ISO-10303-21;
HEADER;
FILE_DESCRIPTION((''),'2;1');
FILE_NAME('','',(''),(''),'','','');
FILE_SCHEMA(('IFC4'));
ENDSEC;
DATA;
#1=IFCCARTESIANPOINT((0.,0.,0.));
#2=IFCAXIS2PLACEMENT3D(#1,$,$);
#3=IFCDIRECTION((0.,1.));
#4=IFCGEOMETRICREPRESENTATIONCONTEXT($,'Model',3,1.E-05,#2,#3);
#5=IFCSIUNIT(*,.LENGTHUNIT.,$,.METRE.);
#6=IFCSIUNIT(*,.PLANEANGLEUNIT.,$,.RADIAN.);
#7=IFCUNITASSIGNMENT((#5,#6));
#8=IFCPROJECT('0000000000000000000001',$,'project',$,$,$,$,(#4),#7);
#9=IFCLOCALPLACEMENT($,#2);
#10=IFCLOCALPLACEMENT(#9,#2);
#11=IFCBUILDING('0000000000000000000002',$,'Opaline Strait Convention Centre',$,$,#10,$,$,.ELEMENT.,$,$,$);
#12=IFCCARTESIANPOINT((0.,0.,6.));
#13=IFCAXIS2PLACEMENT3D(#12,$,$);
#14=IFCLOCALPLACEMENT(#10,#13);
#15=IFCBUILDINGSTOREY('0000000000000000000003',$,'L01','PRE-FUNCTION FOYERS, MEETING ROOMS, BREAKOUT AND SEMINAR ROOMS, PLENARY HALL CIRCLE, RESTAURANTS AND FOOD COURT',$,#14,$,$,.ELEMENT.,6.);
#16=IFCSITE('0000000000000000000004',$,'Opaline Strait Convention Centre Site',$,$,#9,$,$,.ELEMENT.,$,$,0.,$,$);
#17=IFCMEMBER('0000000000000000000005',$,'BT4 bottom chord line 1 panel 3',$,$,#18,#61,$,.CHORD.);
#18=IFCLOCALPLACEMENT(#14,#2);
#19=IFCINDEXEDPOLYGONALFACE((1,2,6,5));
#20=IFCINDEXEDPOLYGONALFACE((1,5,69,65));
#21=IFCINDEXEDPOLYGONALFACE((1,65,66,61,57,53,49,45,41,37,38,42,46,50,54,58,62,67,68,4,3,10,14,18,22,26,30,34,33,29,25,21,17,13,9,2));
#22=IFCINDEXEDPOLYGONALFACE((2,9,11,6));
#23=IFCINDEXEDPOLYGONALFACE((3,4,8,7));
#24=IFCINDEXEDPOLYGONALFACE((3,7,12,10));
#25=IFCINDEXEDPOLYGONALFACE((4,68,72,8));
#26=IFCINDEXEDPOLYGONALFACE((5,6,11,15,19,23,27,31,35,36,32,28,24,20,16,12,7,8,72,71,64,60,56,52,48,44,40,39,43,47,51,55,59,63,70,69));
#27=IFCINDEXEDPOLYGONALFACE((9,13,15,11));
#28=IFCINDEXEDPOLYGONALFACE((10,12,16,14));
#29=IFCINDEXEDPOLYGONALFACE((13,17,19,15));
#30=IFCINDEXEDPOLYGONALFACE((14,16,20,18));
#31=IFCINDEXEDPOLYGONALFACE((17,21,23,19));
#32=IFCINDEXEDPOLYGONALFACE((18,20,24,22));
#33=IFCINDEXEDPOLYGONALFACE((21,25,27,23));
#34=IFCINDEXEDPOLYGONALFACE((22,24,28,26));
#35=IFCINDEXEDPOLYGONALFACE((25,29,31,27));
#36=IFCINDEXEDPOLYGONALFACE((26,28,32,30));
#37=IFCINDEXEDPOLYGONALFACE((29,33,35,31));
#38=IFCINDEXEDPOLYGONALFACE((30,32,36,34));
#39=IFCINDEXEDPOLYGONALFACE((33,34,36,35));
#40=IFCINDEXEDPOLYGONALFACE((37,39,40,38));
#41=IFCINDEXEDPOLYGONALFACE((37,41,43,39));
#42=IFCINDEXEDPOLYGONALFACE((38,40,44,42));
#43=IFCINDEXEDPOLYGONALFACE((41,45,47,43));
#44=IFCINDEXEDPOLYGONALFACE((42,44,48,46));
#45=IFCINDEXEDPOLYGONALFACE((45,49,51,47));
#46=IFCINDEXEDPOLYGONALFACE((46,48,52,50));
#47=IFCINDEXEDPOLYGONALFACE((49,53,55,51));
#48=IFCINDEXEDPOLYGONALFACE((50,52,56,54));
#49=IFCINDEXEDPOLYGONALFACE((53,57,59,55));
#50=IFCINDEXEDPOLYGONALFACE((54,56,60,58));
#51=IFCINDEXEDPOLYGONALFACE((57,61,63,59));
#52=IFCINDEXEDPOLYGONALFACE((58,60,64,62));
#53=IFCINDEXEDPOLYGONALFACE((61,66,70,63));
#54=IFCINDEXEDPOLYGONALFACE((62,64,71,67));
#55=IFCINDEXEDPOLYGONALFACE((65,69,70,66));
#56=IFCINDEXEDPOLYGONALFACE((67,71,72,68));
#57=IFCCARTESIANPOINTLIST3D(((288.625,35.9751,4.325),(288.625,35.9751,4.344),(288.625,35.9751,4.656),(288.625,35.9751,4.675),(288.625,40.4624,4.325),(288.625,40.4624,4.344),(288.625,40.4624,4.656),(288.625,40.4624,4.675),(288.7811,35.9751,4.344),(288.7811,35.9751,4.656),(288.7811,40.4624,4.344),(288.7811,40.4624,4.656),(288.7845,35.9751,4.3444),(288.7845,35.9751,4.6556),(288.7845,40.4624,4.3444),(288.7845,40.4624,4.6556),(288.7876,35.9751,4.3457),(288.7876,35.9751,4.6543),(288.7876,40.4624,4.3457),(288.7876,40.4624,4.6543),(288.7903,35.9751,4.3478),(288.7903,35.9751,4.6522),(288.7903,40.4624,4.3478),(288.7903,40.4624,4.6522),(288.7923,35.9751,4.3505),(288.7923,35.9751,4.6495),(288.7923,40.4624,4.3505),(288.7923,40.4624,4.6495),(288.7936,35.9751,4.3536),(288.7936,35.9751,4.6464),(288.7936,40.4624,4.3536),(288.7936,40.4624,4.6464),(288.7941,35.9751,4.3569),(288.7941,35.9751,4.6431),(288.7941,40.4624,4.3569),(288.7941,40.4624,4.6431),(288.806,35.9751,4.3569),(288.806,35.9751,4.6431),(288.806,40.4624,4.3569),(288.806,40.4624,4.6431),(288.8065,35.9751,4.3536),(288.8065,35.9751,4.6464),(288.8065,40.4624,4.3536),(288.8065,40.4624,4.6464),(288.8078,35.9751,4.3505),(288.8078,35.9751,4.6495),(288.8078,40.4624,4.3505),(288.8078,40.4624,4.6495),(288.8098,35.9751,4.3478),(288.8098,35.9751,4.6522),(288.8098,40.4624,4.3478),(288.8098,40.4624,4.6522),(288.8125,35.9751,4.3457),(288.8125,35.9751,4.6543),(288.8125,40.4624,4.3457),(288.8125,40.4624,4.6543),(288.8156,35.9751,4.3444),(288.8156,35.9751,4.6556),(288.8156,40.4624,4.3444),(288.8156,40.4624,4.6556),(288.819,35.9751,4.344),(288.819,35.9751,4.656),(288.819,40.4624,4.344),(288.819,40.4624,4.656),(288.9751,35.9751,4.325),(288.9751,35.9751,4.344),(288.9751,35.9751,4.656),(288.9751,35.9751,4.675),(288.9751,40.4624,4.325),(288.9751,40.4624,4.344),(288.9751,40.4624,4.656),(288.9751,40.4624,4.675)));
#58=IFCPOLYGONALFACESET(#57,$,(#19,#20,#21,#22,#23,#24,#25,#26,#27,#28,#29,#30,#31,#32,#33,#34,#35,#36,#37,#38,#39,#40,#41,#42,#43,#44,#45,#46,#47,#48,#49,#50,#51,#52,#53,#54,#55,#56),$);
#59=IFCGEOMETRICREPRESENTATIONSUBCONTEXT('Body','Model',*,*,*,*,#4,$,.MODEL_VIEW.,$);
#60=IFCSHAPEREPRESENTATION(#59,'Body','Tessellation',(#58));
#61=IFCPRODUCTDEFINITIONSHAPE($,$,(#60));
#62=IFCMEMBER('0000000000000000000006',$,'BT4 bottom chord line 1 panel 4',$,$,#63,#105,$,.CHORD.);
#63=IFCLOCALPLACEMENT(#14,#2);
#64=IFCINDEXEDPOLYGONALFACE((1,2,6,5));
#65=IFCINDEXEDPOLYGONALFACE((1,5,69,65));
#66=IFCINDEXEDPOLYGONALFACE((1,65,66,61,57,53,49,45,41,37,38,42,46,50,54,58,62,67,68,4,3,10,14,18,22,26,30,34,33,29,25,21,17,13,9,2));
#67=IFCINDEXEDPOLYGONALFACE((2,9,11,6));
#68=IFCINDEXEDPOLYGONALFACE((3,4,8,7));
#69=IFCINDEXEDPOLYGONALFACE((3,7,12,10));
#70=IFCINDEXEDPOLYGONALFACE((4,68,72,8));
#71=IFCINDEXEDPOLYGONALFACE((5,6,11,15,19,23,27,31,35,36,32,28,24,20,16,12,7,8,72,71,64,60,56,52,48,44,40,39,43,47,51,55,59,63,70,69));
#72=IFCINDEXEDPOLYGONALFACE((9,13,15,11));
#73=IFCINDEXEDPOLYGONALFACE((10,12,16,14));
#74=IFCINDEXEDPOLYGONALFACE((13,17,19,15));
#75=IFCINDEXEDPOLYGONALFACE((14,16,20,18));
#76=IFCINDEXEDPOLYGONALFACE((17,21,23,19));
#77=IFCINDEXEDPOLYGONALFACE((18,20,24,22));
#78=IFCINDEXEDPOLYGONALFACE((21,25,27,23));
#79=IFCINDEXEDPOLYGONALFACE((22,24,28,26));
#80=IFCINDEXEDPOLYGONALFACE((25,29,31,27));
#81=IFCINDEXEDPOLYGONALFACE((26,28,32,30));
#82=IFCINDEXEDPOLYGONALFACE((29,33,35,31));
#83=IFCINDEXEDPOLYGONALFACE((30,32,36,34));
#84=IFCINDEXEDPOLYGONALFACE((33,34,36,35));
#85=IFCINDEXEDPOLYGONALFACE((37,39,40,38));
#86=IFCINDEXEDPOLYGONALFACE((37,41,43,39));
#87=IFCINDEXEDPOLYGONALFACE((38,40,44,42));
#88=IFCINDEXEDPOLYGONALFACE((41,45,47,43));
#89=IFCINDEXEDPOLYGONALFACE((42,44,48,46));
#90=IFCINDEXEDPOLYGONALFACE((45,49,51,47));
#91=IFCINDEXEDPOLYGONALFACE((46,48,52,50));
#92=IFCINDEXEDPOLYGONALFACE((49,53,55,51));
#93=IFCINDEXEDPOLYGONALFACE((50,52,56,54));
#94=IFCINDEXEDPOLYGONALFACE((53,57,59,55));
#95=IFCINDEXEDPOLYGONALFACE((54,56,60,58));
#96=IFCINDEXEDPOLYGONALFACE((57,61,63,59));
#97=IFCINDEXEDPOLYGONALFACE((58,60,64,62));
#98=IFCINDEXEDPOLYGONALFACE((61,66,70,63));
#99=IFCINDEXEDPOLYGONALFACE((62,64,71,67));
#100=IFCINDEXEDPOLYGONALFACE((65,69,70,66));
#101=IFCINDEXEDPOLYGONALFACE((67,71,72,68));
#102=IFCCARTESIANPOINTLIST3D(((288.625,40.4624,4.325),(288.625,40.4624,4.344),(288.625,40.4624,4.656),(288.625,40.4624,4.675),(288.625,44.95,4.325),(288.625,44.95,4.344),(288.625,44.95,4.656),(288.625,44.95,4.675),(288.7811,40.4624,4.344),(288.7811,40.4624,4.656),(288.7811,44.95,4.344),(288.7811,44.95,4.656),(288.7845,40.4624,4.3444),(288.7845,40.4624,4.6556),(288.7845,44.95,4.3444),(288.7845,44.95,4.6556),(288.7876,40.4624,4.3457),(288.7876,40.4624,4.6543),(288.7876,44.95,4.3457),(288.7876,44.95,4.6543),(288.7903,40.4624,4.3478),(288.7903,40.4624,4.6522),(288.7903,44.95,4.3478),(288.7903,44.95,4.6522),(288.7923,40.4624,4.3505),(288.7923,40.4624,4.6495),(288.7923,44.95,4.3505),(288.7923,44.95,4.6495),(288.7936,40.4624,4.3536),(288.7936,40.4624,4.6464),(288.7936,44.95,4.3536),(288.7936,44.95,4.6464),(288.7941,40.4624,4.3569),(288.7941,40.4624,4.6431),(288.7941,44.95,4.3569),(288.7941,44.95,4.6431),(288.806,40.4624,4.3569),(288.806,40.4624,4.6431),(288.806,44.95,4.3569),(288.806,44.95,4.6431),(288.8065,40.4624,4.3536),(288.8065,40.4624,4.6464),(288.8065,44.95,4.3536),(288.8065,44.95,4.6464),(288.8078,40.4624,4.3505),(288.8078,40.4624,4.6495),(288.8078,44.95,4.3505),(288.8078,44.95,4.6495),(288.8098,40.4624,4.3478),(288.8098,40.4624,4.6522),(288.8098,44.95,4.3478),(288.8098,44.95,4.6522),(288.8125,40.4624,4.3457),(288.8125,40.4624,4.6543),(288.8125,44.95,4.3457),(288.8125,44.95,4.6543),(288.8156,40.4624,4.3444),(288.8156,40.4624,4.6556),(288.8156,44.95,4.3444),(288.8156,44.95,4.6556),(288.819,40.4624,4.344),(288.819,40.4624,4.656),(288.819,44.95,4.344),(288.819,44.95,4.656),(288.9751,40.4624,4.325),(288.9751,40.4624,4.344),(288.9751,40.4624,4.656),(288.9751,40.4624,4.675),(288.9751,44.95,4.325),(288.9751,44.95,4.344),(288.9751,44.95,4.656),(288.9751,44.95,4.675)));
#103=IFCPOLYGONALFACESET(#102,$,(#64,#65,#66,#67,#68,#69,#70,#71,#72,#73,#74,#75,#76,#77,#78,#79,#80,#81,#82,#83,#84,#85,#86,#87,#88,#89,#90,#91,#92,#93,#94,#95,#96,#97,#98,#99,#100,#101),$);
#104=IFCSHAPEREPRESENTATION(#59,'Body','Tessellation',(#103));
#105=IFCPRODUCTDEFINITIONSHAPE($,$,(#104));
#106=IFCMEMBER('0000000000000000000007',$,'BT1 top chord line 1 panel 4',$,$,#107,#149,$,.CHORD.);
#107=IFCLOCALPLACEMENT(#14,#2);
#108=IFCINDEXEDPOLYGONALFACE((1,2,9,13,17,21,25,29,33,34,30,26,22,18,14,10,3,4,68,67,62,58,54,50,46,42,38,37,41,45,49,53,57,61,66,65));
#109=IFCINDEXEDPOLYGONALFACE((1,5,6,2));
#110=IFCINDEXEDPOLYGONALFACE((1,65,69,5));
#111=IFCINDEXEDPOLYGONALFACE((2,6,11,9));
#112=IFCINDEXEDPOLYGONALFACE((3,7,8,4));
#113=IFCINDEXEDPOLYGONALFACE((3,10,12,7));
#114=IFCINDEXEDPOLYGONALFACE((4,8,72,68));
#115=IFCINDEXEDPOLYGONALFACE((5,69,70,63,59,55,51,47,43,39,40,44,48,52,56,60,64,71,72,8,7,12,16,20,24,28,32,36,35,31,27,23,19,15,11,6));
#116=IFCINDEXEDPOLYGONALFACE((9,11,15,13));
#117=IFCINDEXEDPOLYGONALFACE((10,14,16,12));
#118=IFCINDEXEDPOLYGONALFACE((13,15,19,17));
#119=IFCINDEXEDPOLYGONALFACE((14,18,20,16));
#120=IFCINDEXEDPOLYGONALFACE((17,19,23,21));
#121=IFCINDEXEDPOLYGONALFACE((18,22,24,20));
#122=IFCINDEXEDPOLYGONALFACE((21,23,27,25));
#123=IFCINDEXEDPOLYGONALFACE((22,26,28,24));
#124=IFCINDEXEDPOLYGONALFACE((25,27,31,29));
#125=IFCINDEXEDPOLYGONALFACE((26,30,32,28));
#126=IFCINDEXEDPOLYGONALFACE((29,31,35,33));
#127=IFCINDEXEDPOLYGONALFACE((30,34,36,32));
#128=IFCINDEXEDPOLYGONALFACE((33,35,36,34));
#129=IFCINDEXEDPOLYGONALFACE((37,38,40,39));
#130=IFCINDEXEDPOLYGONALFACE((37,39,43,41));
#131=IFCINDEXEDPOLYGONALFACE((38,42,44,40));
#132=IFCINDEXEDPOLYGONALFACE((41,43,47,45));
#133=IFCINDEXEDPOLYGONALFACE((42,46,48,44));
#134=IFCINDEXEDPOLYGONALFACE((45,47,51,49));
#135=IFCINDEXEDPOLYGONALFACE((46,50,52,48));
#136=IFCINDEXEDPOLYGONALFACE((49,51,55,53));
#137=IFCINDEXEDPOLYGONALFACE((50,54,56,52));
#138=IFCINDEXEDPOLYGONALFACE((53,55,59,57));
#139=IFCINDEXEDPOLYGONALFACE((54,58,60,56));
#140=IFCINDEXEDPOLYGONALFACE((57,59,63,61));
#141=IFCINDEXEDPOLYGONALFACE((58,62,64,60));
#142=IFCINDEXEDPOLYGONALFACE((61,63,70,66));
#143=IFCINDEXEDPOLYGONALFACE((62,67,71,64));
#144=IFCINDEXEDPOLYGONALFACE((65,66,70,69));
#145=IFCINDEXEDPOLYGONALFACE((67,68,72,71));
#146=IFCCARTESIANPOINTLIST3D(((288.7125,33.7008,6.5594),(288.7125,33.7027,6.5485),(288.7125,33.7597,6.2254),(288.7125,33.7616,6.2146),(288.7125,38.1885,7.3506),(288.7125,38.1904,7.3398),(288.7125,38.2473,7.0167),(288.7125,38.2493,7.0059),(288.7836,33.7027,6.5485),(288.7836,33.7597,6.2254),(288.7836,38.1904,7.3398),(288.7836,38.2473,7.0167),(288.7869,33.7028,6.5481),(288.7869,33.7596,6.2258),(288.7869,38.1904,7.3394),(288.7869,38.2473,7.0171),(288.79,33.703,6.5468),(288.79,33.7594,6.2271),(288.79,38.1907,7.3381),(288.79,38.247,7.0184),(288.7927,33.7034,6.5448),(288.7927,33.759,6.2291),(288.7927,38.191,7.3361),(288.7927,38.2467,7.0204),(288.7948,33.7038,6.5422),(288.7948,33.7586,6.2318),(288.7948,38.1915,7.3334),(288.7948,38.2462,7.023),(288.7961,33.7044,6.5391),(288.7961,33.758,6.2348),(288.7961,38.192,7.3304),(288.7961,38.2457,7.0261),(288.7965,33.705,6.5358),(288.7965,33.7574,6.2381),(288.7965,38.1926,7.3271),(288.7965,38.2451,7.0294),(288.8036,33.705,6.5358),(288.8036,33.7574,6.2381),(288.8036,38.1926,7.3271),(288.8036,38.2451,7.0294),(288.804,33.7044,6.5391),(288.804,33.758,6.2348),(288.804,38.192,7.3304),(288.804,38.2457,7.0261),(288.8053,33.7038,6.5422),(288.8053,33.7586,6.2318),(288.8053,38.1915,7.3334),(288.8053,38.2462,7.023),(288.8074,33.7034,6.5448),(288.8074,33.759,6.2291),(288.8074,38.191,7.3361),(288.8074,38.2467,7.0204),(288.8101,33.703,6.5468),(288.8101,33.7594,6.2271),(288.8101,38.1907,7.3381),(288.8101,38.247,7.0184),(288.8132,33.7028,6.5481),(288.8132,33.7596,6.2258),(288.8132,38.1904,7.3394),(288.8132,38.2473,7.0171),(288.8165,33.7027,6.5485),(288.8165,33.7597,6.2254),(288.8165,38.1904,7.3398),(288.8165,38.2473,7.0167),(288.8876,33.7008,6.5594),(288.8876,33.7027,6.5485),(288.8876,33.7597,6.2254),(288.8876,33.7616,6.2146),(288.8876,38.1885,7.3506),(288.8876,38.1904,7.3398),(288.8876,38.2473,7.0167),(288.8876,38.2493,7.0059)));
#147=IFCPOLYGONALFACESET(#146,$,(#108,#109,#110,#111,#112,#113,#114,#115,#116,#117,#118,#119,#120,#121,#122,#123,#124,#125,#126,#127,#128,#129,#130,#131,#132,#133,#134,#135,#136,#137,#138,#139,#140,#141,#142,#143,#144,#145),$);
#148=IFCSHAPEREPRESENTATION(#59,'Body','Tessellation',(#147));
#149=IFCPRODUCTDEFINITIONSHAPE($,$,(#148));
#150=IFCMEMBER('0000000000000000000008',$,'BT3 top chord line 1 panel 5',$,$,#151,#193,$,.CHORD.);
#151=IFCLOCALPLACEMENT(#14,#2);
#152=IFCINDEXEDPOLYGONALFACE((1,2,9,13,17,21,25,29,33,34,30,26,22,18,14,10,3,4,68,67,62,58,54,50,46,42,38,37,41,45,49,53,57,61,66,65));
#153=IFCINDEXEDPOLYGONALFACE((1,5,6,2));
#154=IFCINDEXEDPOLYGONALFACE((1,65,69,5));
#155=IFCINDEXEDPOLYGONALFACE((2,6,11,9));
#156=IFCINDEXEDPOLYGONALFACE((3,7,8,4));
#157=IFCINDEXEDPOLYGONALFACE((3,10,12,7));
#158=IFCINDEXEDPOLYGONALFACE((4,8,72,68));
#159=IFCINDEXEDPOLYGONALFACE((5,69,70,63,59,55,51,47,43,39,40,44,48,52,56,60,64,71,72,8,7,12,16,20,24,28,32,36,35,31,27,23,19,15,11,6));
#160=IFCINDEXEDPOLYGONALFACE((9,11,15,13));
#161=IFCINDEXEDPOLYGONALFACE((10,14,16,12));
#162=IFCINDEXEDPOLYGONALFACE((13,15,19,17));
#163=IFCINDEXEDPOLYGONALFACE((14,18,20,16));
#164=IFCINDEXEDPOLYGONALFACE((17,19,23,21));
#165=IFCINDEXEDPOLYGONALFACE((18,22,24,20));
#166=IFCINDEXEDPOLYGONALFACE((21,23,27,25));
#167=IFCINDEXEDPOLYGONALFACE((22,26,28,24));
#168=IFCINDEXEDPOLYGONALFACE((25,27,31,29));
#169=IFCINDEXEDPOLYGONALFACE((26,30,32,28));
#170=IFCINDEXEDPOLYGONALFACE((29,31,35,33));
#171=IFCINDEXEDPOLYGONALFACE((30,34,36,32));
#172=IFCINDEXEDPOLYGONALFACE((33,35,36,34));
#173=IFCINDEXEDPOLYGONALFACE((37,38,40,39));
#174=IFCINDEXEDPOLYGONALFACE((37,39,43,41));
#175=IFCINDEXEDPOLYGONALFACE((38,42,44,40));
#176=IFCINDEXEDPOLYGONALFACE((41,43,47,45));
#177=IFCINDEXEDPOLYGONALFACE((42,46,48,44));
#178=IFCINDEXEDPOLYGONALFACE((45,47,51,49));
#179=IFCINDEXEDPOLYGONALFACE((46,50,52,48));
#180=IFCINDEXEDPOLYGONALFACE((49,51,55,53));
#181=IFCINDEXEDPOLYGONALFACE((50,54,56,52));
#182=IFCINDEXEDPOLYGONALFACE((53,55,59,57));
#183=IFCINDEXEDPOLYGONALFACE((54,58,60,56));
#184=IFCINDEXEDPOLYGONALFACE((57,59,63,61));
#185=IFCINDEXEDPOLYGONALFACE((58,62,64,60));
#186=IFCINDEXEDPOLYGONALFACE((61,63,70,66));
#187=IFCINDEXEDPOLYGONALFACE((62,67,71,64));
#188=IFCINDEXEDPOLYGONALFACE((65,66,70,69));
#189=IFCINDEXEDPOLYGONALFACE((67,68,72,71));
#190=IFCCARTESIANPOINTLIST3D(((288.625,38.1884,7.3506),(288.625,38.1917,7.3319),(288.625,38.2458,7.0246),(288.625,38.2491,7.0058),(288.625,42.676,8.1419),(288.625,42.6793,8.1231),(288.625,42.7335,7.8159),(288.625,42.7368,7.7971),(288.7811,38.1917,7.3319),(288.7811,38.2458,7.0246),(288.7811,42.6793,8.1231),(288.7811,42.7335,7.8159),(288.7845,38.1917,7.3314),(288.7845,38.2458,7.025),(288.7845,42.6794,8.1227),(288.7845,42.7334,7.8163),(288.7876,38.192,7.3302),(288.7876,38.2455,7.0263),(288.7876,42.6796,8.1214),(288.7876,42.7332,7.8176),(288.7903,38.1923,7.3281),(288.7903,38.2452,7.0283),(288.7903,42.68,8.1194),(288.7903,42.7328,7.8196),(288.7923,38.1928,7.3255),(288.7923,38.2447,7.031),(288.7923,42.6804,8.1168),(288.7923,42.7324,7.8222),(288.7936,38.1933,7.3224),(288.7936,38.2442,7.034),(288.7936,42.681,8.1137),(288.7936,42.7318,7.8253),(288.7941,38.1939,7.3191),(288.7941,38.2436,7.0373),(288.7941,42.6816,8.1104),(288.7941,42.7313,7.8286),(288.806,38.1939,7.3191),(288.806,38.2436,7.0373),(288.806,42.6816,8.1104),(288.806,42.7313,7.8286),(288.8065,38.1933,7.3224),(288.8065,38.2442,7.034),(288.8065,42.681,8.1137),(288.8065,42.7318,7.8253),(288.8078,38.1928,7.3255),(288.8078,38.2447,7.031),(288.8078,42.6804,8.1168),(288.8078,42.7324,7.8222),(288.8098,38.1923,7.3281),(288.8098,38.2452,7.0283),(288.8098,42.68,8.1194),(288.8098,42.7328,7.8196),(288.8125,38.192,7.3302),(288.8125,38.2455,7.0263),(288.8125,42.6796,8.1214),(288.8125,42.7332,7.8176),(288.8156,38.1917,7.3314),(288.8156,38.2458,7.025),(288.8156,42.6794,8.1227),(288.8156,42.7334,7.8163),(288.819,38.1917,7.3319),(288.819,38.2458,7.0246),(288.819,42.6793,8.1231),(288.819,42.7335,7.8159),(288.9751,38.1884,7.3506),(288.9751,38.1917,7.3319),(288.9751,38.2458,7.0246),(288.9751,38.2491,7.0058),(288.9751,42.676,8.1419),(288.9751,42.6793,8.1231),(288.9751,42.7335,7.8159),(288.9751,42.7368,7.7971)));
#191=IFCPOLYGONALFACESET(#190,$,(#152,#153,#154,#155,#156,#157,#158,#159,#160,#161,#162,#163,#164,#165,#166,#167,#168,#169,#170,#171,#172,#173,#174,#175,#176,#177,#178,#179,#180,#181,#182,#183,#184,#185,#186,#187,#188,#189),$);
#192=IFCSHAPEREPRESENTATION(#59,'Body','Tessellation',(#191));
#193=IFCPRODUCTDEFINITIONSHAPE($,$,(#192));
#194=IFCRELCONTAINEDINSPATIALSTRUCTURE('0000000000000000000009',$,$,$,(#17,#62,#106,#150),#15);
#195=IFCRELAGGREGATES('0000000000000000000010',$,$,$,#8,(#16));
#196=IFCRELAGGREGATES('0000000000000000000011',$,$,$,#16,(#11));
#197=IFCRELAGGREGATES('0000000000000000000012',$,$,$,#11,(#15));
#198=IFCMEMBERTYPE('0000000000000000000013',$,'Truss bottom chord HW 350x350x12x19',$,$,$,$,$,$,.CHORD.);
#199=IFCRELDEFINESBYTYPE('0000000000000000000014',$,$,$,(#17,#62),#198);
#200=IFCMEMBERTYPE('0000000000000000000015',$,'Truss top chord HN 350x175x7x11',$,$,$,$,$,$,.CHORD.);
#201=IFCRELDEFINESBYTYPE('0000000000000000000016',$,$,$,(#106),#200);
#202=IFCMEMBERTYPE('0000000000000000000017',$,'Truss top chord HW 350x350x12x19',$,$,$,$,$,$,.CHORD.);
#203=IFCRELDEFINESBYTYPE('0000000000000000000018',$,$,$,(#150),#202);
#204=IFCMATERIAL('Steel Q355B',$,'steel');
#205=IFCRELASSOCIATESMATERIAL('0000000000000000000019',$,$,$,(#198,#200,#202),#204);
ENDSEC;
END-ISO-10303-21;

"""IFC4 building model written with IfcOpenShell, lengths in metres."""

from ifc_helpers import new_model, si_unit, direction, frame, origin, origin_2d, place, context, subcontext, project, spatial, i_section, extrude, material, material_profile, profile_set, type_object, element, save


model = new_model("IFC4")

# Units and contexts
model_context = context("Model", 3, precision=1e-05, world=origin(), true_north=direction((0.0, 1.0)))
body_context = subcontext(model_context, "Body", "Model", "MODEL_VIEW")
ifc_project = project(units=[si_unit("LENGTHUNIT", "METRE"), si_unit("PLANEANGLEUNIT", "RADIAN")], contexts=[model_context])

# Site, building, storey
site_placement = place(None, origin())
site = spatial("IfcSite", under=ifc_project, at=site_placement, Name="Opaline Strait Convention Centre Site", CompositionType="ELEMENT", RefElevation=0.0)
building_placement = place(site_placement, origin())
building = spatial("IfcBuilding", under=site, at=building_placement, Name="Opaline Strait Convention Centre", CompositionType="ELEMENT")
storey_placement = place(building_placement, frame((0.0, 0.0, 6.0)))
storey = spatial("IfcBuildingStorey", under=building, at=storey_placement, Name="L01", Description="PRE-FUNCTION FOYERS, MEETING ROOMS, BREAKOUT AND SEMINAR ROOMS, PLENARY HALL CIRCLE, RESTAURANTS AND FOOD COURT", CompositionType="ELEMENT", Elevation=6.0)

# Members
ifc_material_1 = material(Name="Steel Q355B", Category="steel")
ifc_material_profile_1 = material_profile(ifc_material_1, i_section(OverallWidth=0.3501, OverallDepth=0.3501, WebThickness=0.012, FlangeThickness=0.019, FilletRadius=0.0129, at=origin_2d()), Name="HW 350x350x12x19")
ifc_profile_set_1 = profile_set([ifc_material_profile_1], Name="Steel Q355B")
member_type_1 = type_object("IfcMemberType", Name="Truss bottom chord HW 350x350x12x19", PredefinedType="CHORD", material=ifc_profile_set_1)
member_1_placement = place(storey_placement, frame((288.8, 35.9751, 4.5), z_axis=(0.0, 1.0, 0.0), x_axis=(-1.0, 0.0, 0.0)))
element("IfcMember", 1, at=member_1_placement, inside=storey, type_object=member_type_1, Name="BT4 bottom chord line 1 panel 3", PredefinedType="CHORD", context=body_context, shape_type="SweptSolid", body=[
    extrude(i_section(OverallWidth=0.3501, OverallDepth=0.3501, WebThickness=0.012, FlangeThickness=0.019, FilletRadius=0.0129, at=origin_2d()), origin(), (0.0, 0.0, 1.0), 4.4873),
])
member_2_placement = place(storey_placement, frame((288.8, 40.4624, 4.5), z_axis=(0.0, 1.0, 0.0), x_axis=(-1.0, 0.0, 0.0)))
element("IfcMember", 2, at=member_2_placement, inside=storey, type_object=member_type_1, Name="BT4 bottom chord line 1 panel 4", PredefinedType="CHORD", context=body_context, shape_type="SweptSolid", body=[
    extrude(i_section(OverallWidth=0.3501, OverallDepth=0.3501, WebThickness=0.012, FlangeThickness=0.019, FilletRadius=0.0129, at=origin_2d()), origin(), (0.0, 0.0, 1.0), 4.4875),
])
ifc_material_profile_2 = material_profile(ifc_material_1, i_section(OverallWidth=0.175, OverallDepth=0.3501, WebThickness=0.0071, FlangeThickness=0.011, FilletRadius=0.0129, at=origin_2d()), Name="HN 350x175x7x11")
ifc_profile_set_2 = profile_set([ifc_material_profile_2], Name="Steel Q355B")
member_type_2 = type_object("IfcMemberType", Name="Truss top chord HN 350x175x7x11", PredefinedType="CHORD", material=ifc_profile_set_2)
member_3_placement = place(storey_placement, frame((288.8, 33.7312, 6.387), z_axis=(0.0, 0.984808, 0.173645), x_axis=(-1.0, 0.0, 0.0)))
element("IfcMember", 3, at=member_3_placement, inside=storey, type_object=member_type_2, Name="BT1 top chord line 1 panel 4", PredefinedType="CHORD", context=body_context, shape_type="SweptSolid", body=[
    extrude(i_section(OverallWidth=0.175, OverallDepth=0.3501, WebThickness=0.0071, FlangeThickness=0.011, FilletRadius=0.0129, at=origin_2d()), origin(), (0.0, 0.0, 1.0), 4.5569),
])
ifc_material_profile_3 = material_profile(ifc_material_1, i_section(OverallWidth=0.3501, OverallDepth=0.3501, WebThickness=0.012, FlangeThickness=0.019, FilletRadius=0.0129, at=origin_2d()), Name="HW 350x350x12x19")
ifc_profile_set_3 = profile_set([ifc_material_profile_3], Name="Steel Q355B")
member_type_3 = type_object("IfcMemberType", Name="Truss top chord HW 350x350x12x19", PredefinedType="CHORD", material=ifc_profile_set_3)
member_4_placement = place(storey_placement, frame((288.8, 38.2188, 7.1782), z_axis=(0.0, 0.984808, 0.173645), x_axis=(-1.0, 0.0, 0.0)))
element("IfcMember", 4, at=member_4_placement, inside=storey, type_object=member_type_3, Name="BT3 top chord line 1 panel 5", PredefinedType="CHORD", context=body_context, shape_type="SweptSolid", body=[
    extrude(i_section(OverallWidth=0.3501, OverallDepth=0.3501, WebThickness=0.012, FlangeThickness=0.019, FilletRadius=0.0129, at=origin_2d()), origin(), (0.0, 0.0, 1.0), 4.5569),
])

save(model, "model.ifc")
